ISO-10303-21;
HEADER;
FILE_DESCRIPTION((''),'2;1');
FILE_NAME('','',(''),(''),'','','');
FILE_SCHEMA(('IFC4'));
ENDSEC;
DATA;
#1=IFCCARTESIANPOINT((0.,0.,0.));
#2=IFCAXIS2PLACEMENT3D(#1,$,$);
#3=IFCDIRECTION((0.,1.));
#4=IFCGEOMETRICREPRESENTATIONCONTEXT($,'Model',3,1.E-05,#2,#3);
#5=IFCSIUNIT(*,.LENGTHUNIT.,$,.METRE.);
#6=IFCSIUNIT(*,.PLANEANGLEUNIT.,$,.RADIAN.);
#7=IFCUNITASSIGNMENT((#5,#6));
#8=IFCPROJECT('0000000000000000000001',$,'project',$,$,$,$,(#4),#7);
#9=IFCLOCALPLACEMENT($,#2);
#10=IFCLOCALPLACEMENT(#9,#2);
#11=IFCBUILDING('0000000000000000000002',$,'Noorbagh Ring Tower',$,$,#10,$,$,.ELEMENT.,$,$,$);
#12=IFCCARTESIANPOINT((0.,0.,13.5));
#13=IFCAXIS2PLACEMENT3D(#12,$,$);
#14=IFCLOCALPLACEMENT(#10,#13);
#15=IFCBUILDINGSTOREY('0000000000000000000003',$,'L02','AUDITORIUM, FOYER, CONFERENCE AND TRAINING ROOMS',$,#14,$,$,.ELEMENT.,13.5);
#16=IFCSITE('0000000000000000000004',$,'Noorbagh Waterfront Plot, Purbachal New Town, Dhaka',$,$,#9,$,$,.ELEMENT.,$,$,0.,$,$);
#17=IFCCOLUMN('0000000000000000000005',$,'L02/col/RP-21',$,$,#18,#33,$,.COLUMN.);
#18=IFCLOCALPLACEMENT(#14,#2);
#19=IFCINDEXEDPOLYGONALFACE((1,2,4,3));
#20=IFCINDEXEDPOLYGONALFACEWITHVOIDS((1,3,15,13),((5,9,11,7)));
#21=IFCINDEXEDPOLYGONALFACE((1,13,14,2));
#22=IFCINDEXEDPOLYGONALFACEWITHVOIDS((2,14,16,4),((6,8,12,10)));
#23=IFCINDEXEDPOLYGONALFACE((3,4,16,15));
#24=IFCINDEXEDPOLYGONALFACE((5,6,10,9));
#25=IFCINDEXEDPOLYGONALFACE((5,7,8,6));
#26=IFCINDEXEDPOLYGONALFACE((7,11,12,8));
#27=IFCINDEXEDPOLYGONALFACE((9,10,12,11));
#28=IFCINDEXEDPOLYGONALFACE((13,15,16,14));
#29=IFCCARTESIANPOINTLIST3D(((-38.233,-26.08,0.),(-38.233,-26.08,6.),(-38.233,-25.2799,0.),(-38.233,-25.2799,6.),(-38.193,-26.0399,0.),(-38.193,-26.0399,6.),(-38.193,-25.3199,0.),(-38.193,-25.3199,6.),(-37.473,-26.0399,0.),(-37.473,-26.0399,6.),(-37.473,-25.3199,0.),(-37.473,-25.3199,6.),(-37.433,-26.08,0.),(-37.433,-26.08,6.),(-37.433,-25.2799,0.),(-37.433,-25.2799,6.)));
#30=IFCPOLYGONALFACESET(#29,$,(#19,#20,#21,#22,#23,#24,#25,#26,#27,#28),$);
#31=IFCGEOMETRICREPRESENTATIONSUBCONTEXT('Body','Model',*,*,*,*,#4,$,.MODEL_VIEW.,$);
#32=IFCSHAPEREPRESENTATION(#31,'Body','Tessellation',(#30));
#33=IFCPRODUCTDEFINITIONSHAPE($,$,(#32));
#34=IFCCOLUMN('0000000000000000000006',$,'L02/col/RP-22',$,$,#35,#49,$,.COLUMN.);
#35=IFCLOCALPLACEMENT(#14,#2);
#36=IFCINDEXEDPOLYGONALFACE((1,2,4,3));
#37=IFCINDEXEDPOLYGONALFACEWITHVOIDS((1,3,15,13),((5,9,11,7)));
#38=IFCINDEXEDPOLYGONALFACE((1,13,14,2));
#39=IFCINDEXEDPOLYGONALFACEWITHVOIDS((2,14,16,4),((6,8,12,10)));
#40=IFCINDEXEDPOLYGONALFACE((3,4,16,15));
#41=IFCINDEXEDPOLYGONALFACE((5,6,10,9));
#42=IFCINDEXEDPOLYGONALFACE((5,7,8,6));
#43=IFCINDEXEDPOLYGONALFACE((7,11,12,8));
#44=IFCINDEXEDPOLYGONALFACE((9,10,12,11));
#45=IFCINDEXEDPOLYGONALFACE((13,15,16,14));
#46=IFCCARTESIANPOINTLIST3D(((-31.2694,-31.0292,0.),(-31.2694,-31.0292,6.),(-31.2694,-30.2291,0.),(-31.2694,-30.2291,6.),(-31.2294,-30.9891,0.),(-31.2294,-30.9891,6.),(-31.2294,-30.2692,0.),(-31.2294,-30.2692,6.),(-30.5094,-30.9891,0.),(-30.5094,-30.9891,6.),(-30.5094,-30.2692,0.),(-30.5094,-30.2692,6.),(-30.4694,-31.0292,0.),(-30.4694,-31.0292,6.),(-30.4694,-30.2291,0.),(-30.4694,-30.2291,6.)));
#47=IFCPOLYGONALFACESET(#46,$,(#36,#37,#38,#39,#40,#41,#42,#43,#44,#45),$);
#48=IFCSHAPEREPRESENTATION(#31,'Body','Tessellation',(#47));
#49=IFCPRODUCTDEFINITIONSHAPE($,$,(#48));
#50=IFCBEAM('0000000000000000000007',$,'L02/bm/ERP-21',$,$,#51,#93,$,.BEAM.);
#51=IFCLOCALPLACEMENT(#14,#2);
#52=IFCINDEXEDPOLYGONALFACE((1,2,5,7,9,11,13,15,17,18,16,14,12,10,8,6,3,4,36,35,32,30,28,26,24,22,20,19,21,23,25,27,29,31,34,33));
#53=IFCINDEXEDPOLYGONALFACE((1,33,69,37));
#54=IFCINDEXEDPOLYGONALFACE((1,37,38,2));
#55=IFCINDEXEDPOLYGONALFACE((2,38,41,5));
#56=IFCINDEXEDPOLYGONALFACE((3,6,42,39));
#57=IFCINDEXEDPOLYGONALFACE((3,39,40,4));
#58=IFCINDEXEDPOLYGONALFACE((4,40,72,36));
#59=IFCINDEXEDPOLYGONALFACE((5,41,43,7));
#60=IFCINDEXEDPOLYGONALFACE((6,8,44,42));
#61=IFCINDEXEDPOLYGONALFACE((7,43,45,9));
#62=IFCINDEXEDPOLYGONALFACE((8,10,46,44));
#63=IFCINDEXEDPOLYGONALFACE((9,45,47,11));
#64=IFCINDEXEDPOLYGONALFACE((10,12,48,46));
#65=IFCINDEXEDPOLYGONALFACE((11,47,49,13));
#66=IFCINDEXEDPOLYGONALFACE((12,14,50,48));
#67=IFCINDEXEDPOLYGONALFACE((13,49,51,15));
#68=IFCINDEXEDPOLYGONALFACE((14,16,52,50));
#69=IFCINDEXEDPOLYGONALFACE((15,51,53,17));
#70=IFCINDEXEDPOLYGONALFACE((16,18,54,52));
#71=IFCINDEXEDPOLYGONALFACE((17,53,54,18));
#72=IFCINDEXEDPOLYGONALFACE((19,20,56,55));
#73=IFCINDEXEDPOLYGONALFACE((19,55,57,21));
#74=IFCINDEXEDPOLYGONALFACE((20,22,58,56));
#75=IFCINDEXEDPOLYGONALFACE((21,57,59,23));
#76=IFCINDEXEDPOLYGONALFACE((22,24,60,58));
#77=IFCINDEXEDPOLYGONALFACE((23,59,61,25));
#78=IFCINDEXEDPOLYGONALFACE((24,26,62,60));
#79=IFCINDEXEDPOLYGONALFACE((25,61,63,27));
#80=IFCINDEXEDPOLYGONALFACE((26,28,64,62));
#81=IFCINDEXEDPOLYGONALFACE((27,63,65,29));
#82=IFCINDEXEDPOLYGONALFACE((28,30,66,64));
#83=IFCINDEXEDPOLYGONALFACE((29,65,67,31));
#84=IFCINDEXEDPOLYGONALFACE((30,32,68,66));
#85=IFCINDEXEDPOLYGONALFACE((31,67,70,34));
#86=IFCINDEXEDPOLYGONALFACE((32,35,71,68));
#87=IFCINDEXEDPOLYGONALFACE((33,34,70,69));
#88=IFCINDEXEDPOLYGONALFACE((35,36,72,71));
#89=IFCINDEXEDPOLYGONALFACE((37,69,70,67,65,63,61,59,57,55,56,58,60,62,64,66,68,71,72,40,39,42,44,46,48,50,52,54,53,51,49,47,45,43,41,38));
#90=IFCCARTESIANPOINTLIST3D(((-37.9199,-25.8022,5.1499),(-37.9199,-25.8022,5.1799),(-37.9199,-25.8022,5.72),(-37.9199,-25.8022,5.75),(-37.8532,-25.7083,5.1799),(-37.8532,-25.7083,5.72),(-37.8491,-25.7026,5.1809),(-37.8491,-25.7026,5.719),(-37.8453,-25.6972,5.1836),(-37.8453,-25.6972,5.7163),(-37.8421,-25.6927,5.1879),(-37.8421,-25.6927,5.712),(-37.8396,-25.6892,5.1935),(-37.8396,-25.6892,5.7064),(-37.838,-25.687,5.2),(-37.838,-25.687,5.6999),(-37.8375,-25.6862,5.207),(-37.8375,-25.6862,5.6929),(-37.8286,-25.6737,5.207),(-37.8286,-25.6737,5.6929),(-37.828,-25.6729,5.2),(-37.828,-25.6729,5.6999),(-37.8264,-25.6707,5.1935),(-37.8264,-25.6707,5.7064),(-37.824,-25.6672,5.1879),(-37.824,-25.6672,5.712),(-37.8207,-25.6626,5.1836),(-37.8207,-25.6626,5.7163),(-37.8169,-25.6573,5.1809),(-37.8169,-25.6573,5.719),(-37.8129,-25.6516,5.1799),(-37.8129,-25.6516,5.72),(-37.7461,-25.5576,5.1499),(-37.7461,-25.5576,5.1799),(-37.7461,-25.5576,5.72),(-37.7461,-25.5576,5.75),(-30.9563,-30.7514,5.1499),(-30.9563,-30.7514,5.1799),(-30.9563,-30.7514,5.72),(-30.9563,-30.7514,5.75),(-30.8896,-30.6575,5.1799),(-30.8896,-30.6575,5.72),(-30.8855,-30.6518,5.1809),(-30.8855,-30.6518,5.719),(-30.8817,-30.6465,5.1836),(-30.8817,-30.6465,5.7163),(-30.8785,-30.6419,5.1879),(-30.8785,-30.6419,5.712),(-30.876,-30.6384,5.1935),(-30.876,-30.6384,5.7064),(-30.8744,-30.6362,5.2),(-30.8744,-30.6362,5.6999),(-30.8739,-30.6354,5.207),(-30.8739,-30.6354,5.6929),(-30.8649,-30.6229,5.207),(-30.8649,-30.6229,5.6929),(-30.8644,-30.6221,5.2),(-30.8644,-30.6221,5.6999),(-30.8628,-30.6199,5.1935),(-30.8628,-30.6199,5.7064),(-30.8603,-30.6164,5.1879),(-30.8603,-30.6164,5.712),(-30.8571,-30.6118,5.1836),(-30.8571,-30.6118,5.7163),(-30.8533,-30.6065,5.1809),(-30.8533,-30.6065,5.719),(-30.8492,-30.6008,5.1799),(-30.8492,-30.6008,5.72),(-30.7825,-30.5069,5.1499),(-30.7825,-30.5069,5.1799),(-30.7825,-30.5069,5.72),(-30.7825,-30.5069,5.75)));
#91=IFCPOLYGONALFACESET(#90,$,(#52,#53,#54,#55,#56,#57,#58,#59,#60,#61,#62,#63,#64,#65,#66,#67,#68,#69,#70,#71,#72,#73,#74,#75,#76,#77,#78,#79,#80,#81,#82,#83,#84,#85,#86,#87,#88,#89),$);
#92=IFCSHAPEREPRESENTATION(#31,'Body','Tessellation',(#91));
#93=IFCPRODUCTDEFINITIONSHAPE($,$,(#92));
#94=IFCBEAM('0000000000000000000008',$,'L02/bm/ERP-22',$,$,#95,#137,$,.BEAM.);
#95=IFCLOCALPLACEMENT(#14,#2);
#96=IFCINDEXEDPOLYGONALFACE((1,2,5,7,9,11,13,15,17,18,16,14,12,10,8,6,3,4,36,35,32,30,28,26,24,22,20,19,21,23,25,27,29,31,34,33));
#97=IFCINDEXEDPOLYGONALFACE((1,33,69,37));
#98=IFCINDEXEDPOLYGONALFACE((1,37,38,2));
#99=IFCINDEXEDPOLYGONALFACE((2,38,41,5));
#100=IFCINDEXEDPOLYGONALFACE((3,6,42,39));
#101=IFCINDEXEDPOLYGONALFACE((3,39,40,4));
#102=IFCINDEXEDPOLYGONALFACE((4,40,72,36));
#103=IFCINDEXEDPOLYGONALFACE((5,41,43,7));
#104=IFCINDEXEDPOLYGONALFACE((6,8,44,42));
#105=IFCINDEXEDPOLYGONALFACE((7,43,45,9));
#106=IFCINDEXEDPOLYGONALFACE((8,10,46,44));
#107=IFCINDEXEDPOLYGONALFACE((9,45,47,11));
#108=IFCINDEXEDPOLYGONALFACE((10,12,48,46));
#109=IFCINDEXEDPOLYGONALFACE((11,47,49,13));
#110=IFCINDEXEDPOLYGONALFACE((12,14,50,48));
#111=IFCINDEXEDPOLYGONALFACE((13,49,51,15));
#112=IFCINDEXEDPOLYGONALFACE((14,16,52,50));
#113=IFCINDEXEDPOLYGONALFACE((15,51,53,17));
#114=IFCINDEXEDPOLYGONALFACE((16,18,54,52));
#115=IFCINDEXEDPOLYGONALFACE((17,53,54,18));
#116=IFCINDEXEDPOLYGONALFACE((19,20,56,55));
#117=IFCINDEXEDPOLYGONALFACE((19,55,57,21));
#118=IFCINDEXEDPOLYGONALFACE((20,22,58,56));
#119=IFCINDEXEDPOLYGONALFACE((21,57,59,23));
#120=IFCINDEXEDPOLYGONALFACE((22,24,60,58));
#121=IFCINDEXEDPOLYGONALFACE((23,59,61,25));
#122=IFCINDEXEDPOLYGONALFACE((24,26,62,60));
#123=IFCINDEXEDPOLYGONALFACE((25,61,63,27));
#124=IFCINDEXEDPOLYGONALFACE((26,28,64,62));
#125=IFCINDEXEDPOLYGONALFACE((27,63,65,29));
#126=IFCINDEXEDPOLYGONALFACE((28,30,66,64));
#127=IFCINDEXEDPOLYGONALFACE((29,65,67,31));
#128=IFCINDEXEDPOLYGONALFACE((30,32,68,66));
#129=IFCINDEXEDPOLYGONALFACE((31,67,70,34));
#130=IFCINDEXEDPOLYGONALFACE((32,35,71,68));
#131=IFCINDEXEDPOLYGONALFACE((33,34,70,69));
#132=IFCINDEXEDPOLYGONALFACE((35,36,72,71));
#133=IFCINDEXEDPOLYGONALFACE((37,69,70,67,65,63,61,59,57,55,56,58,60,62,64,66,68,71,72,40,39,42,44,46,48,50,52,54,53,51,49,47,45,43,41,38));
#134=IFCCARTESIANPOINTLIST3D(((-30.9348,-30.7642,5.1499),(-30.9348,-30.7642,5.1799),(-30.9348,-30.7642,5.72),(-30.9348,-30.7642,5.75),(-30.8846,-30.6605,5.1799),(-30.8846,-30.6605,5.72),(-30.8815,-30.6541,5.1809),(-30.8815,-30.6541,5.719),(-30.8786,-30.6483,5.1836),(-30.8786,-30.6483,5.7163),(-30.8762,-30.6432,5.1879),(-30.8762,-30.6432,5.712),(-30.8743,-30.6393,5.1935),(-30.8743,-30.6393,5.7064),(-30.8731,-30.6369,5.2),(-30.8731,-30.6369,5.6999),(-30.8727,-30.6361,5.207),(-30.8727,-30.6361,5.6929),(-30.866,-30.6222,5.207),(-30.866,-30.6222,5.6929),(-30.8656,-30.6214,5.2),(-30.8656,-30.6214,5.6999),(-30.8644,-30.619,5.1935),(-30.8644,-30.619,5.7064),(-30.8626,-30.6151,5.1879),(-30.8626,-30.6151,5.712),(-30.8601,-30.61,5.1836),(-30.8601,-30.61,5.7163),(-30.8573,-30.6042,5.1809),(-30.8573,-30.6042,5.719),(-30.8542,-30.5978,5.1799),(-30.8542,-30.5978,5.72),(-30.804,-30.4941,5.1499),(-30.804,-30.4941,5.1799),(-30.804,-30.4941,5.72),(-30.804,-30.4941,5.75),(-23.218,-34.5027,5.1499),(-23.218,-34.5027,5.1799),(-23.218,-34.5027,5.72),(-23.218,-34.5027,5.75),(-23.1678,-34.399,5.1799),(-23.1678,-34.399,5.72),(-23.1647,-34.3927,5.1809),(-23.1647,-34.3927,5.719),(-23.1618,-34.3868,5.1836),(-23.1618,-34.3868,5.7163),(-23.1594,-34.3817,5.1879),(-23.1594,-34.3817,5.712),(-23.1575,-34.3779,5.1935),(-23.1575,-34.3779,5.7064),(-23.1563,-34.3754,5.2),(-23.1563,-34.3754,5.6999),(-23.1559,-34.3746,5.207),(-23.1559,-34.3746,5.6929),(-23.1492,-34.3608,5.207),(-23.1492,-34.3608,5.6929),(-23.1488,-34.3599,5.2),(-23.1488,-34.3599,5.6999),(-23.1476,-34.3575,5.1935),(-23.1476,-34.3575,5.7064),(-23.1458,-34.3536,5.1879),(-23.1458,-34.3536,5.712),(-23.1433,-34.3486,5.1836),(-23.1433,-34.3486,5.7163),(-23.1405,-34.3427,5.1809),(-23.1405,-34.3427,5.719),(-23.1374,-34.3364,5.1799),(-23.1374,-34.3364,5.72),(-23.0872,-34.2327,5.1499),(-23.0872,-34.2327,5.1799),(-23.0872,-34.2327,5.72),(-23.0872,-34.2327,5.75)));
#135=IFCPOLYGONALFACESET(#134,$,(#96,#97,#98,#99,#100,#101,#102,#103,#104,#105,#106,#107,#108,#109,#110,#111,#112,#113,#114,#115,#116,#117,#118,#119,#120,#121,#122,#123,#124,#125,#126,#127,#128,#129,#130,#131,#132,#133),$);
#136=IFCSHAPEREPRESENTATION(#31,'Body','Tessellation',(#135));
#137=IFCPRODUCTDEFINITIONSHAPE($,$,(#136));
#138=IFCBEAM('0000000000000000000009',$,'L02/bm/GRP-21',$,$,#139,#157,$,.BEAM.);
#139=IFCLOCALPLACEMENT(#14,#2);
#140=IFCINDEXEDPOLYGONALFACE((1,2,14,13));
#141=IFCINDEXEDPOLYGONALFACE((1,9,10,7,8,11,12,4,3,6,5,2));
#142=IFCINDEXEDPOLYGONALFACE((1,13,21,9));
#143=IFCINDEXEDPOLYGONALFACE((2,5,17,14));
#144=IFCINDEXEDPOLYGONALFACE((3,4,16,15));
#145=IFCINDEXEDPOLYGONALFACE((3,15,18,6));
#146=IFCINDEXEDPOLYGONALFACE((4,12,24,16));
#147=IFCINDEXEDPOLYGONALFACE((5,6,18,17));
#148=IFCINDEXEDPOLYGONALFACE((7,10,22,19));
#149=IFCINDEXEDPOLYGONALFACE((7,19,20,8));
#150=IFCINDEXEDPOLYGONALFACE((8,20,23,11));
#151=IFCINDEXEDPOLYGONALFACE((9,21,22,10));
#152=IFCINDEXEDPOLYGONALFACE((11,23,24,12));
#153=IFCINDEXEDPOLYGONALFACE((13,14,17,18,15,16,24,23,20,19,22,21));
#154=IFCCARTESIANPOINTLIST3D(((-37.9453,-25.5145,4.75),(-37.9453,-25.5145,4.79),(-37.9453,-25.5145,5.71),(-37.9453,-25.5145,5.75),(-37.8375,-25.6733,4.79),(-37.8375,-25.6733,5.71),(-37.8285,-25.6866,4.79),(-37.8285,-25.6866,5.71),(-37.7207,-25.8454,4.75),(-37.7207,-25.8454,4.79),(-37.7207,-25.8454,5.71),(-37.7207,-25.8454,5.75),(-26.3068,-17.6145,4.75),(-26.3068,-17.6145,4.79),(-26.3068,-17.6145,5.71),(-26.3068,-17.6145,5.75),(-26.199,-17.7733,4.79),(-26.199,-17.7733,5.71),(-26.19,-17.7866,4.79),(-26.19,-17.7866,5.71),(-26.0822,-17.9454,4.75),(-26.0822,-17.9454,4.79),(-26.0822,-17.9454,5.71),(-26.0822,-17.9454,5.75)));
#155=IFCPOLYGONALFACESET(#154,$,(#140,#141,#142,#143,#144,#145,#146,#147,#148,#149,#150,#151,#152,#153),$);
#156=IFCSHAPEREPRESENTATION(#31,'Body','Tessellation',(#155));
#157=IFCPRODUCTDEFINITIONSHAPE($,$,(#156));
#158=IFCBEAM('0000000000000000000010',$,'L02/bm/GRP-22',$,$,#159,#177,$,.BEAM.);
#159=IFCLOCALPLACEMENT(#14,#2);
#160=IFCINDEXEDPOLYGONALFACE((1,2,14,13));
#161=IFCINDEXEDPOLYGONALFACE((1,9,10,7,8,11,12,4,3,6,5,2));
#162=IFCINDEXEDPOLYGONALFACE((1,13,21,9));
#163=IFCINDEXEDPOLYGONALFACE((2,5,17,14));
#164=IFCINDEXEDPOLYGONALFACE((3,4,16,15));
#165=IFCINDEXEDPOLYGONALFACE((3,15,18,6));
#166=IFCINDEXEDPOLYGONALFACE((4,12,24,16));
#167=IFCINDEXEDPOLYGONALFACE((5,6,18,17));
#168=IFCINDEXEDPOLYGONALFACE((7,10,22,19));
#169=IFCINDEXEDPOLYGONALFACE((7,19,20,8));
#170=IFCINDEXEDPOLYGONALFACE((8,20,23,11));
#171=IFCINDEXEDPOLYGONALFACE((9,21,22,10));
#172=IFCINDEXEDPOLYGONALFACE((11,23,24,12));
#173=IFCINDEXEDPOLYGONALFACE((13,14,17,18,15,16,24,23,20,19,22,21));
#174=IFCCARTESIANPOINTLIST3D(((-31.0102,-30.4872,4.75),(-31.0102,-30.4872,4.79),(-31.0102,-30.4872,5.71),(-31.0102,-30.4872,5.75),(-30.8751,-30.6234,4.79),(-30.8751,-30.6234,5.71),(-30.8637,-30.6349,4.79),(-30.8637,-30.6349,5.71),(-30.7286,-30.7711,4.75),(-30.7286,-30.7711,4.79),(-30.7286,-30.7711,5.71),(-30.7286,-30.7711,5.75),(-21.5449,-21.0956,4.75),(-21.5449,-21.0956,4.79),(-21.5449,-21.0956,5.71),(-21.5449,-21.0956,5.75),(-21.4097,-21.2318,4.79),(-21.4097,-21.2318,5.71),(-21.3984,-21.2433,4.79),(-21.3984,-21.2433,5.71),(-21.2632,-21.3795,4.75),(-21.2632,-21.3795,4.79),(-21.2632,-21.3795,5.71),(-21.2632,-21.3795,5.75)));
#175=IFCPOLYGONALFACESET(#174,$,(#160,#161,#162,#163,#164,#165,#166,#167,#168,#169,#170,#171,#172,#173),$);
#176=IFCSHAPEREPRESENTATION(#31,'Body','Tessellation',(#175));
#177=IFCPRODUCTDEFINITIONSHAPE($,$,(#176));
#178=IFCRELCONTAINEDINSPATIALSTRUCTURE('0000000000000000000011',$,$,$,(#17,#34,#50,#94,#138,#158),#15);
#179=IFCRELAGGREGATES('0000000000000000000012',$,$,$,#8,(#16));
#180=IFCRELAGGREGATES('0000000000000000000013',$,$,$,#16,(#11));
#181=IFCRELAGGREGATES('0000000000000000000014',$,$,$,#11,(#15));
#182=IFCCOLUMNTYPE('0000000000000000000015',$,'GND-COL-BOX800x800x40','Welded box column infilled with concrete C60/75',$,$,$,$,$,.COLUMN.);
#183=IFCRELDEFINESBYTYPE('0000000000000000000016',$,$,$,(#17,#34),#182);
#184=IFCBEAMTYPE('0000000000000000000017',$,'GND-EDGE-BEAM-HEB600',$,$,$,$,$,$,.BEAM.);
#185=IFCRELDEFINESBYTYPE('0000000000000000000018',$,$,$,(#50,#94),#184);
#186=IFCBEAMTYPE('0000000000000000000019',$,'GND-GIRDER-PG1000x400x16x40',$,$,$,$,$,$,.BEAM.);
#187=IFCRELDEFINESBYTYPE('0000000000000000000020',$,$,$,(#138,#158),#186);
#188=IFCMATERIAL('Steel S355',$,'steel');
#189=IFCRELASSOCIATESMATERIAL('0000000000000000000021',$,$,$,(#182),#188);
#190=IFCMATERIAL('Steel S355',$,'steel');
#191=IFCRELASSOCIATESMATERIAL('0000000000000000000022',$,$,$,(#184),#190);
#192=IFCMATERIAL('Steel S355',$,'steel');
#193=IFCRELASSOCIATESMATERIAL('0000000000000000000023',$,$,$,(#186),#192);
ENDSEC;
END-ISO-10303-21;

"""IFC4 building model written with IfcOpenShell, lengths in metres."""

from ifc_helpers import new_model, si_unit, direction, frame, origin, origin_2d, place, context, subcontext, project, spatial, hollow_rectangle, i_section, extrude, material, material_profile, profile_set, type_object, element, save


model = new_model("IFC4")

# Units and contexts
model_context = context("Model", 3, precision=1e-05, world=origin(), true_north=direction((0.0, 1.0)))
body_context = subcontext(model_context, "Body", "Model", "MODEL_VIEW")
ifc_project = project(units=[si_unit("LENGTHUNIT", "METRE"), si_unit("PLANEANGLEUNIT", "RADIAN")], contexts=[model_context])

# Site, building, storey
site_placement = place(None, origin())
site = spatial("IfcSite", under=ifc_project, at=site_placement, Name="Noorbagh Waterfront Plot, Purbachal New Town, Dhaka", CompositionType="ELEMENT", RefElevation=0.0)
building_placement = place(site_placement, origin())
building = spatial("IfcBuilding", under=site, at=building_placement, Name="Noorbagh Ring Tower", CompositionType="ELEMENT")
storey_placement = place(building_placement, frame((0.0, 0.0, 13.5)))
storey = spatial("IfcBuildingStorey", under=building, at=storey_placement, Name="L02", Description="AUDITORIUM, FOYER, CONFERENCE AND TRAINING ROOMS", CompositionType="ELEMENT", Elevation=13.5)

# Columns
ifc_material_1 = material(Name="Steel S355", Category="steel")
ifc_material_profile_1 = material_profile(ifc_material_1, hollow_rectangle(XDim=0.8, YDim=0.8, WallThickness=0.04, at=origin_2d()), Name="BOX800x800x40")
ifc_profile_set_1 = profile_set([ifc_material_profile_1], Name="Steel S355")
column_type = type_object("IfcColumnType", Name="GND-COL-BOX800x800x40", Description="Welded box column infilled with concrete C60/75", PredefinedType="COLUMN", material=ifc_profile_set_1)
for number, where, z_axis, x_axis, name in (
    (1, (-37.833, -25.6799, 0.0), (0.0, 0.0, 1.0), (1.0, 0.0, 0.0), "L02/col/RP-21"),
    (2, (-30.8694, -30.6292, 0.0), (0.0, 0.0, 1.0), (1.0, 0.0, 0.0), "L02/col/RP-22"),
):
    element("IfcColumn", number, at=place(storey_placement, frame(where, z_axis=z_axis, x_axis=x_axis)), inside=storey, type_object=column_type, Name=name, PredefinedType="COLUMN", context=body_context, shape_type="SweptSolid", body=[
        extrude(hollow_rectangle(XDim=0.8, YDim=0.8, WallThickness=0.04, at=origin_2d()), origin(), (0.0, 0.0, 1.0), 6.0),
    ])

# Beams
ifc_material_2 = material(Name="Steel S355", Category="steel")
ifc_material_profile_2 = material_profile(ifc_material_2, i_section(OverallWidth=0.3, OverallDepth=0.6001, WebThickness=0.0154, FlangeThickness=0.03, FilletRadius=0.0271, at=origin_2d()), Name="HEB600")
ifc_profile_set_2 = profile_set([ifc_material_profile_2], Name="Steel S355")
beam_type_1 = type_object("IfcBeamType", Name="GND-EDGE-BEAM-HEB600", PredefinedType="BEAM", material=ifc_profile_set_2)
beam_1_placement = place(storey_placement, frame((-37.833, -25.6799, 5.45), z_axis=(0.815104, -0.579315, 0.0), x_axis=(0.579315, 0.815104, 0.0)))
element("IfcBeam", 3, at=beam_1_placement, inside=storey, type_object=beam_type_1, Name="L02/bm/ERP-21", PredefinedType="BEAM", context=body_context, shape_type="SweptSolid", body=[
    extrude(i_section(OverallWidth=0.3, OverallDepth=0.6001, WebThickness=0.0154, FlangeThickness=0.03, FilletRadius=0.0271, at=origin_2d()), origin(), (0.0, 0.0, 1.0), 8.5432),
])
beam_2_placement = place(storey_placement, frame((-30.8694, -30.6292, 5.45), z_axis=(0.899949, -0.435995, 0.0), x_axis=(0.435995, 0.899949, 0.0)))
element("IfcBeam", 4, at=beam_2_placement, inside=storey, type_object=beam_type_1, Name="L02/bm/ERP-22", PredefinedType="BEAM", context=body_context, shape_type="SweptSolid", body=[
    extrude(i_section(OverallWidth=0.3, OverallDepth=0.6001, WebThickness=0.0154, FlangeThickness=0.03, FilletRadius=0.0271, at=origin_2d()), origin(), (0.0, 0.0, 1.0), 8.5747),
])
ifc_material_3 = material(Name="Steel S355", Category="steel")
ifc_material_profile_3 = material_profile(ifc_material_3, i_section(OverallWidth=0.3999, OverallDepth=1.0, WebThickness=0.0161, FlangeThickness=0.04, at=origin_2d()), Name="PG1000x400x16x40")
ifc_profile_set_3 = profile_set([ifc_material_profile_3], Name="Steel S355")
beam_type_2 = type_object("IfcBeamType", Name="GND-GIRDER-PG1000x400x16x40", PredefinedType="BEAM", material=ifc_profile_set_3)
beam_3_placement = place(storey_placement, frame((-37.833, -25.6799, 5.25), z_axis=(0.827397, 0.561618, 0.0), x_axis=(-0.561618, 0.827397, 0.0)))
element("IfcBeam", 5, at=beam_3_placement, inside=storey, type_object=beam_type_2, Name="L02/bm/GRP-21", PredefinedType="BEAM", context=body_context, shape_type="SweptSolid", body=[
    extrude(i_section(OverallWidth=0.3999, OverallDepth=1.0, WebThickness=0.0161, FlangeThickness=0.04, at=origin_2d()), origin(), (0.0, 0.0, 1.0), 14.0664),
])
beam_4_placement = place(storey_placement, frame((-30.8694, -30.6292, 5.25), z_axis=(0.709866, 0.704337, 0.0), x_axis=(-0.704337, 0.709866, 0.0)))
element("IfcBeam", 6, at=beam_4_placement, inside=storey, type_object=beam_type_2, Name="L02/bm/GRP-22", PredefinedType="BEAM", context=body_context, shape_type="SweptSolid", body=[
    extrude(i_section(OverallWidth=0.3999, OverallDepth=1.0, WebThickness=0.0161, FlangeThickness=0.04, at=origin_2d()), origin(), (0.0, 0.0, 1.0), 13.334),
])

save(model, "model.ifc")
